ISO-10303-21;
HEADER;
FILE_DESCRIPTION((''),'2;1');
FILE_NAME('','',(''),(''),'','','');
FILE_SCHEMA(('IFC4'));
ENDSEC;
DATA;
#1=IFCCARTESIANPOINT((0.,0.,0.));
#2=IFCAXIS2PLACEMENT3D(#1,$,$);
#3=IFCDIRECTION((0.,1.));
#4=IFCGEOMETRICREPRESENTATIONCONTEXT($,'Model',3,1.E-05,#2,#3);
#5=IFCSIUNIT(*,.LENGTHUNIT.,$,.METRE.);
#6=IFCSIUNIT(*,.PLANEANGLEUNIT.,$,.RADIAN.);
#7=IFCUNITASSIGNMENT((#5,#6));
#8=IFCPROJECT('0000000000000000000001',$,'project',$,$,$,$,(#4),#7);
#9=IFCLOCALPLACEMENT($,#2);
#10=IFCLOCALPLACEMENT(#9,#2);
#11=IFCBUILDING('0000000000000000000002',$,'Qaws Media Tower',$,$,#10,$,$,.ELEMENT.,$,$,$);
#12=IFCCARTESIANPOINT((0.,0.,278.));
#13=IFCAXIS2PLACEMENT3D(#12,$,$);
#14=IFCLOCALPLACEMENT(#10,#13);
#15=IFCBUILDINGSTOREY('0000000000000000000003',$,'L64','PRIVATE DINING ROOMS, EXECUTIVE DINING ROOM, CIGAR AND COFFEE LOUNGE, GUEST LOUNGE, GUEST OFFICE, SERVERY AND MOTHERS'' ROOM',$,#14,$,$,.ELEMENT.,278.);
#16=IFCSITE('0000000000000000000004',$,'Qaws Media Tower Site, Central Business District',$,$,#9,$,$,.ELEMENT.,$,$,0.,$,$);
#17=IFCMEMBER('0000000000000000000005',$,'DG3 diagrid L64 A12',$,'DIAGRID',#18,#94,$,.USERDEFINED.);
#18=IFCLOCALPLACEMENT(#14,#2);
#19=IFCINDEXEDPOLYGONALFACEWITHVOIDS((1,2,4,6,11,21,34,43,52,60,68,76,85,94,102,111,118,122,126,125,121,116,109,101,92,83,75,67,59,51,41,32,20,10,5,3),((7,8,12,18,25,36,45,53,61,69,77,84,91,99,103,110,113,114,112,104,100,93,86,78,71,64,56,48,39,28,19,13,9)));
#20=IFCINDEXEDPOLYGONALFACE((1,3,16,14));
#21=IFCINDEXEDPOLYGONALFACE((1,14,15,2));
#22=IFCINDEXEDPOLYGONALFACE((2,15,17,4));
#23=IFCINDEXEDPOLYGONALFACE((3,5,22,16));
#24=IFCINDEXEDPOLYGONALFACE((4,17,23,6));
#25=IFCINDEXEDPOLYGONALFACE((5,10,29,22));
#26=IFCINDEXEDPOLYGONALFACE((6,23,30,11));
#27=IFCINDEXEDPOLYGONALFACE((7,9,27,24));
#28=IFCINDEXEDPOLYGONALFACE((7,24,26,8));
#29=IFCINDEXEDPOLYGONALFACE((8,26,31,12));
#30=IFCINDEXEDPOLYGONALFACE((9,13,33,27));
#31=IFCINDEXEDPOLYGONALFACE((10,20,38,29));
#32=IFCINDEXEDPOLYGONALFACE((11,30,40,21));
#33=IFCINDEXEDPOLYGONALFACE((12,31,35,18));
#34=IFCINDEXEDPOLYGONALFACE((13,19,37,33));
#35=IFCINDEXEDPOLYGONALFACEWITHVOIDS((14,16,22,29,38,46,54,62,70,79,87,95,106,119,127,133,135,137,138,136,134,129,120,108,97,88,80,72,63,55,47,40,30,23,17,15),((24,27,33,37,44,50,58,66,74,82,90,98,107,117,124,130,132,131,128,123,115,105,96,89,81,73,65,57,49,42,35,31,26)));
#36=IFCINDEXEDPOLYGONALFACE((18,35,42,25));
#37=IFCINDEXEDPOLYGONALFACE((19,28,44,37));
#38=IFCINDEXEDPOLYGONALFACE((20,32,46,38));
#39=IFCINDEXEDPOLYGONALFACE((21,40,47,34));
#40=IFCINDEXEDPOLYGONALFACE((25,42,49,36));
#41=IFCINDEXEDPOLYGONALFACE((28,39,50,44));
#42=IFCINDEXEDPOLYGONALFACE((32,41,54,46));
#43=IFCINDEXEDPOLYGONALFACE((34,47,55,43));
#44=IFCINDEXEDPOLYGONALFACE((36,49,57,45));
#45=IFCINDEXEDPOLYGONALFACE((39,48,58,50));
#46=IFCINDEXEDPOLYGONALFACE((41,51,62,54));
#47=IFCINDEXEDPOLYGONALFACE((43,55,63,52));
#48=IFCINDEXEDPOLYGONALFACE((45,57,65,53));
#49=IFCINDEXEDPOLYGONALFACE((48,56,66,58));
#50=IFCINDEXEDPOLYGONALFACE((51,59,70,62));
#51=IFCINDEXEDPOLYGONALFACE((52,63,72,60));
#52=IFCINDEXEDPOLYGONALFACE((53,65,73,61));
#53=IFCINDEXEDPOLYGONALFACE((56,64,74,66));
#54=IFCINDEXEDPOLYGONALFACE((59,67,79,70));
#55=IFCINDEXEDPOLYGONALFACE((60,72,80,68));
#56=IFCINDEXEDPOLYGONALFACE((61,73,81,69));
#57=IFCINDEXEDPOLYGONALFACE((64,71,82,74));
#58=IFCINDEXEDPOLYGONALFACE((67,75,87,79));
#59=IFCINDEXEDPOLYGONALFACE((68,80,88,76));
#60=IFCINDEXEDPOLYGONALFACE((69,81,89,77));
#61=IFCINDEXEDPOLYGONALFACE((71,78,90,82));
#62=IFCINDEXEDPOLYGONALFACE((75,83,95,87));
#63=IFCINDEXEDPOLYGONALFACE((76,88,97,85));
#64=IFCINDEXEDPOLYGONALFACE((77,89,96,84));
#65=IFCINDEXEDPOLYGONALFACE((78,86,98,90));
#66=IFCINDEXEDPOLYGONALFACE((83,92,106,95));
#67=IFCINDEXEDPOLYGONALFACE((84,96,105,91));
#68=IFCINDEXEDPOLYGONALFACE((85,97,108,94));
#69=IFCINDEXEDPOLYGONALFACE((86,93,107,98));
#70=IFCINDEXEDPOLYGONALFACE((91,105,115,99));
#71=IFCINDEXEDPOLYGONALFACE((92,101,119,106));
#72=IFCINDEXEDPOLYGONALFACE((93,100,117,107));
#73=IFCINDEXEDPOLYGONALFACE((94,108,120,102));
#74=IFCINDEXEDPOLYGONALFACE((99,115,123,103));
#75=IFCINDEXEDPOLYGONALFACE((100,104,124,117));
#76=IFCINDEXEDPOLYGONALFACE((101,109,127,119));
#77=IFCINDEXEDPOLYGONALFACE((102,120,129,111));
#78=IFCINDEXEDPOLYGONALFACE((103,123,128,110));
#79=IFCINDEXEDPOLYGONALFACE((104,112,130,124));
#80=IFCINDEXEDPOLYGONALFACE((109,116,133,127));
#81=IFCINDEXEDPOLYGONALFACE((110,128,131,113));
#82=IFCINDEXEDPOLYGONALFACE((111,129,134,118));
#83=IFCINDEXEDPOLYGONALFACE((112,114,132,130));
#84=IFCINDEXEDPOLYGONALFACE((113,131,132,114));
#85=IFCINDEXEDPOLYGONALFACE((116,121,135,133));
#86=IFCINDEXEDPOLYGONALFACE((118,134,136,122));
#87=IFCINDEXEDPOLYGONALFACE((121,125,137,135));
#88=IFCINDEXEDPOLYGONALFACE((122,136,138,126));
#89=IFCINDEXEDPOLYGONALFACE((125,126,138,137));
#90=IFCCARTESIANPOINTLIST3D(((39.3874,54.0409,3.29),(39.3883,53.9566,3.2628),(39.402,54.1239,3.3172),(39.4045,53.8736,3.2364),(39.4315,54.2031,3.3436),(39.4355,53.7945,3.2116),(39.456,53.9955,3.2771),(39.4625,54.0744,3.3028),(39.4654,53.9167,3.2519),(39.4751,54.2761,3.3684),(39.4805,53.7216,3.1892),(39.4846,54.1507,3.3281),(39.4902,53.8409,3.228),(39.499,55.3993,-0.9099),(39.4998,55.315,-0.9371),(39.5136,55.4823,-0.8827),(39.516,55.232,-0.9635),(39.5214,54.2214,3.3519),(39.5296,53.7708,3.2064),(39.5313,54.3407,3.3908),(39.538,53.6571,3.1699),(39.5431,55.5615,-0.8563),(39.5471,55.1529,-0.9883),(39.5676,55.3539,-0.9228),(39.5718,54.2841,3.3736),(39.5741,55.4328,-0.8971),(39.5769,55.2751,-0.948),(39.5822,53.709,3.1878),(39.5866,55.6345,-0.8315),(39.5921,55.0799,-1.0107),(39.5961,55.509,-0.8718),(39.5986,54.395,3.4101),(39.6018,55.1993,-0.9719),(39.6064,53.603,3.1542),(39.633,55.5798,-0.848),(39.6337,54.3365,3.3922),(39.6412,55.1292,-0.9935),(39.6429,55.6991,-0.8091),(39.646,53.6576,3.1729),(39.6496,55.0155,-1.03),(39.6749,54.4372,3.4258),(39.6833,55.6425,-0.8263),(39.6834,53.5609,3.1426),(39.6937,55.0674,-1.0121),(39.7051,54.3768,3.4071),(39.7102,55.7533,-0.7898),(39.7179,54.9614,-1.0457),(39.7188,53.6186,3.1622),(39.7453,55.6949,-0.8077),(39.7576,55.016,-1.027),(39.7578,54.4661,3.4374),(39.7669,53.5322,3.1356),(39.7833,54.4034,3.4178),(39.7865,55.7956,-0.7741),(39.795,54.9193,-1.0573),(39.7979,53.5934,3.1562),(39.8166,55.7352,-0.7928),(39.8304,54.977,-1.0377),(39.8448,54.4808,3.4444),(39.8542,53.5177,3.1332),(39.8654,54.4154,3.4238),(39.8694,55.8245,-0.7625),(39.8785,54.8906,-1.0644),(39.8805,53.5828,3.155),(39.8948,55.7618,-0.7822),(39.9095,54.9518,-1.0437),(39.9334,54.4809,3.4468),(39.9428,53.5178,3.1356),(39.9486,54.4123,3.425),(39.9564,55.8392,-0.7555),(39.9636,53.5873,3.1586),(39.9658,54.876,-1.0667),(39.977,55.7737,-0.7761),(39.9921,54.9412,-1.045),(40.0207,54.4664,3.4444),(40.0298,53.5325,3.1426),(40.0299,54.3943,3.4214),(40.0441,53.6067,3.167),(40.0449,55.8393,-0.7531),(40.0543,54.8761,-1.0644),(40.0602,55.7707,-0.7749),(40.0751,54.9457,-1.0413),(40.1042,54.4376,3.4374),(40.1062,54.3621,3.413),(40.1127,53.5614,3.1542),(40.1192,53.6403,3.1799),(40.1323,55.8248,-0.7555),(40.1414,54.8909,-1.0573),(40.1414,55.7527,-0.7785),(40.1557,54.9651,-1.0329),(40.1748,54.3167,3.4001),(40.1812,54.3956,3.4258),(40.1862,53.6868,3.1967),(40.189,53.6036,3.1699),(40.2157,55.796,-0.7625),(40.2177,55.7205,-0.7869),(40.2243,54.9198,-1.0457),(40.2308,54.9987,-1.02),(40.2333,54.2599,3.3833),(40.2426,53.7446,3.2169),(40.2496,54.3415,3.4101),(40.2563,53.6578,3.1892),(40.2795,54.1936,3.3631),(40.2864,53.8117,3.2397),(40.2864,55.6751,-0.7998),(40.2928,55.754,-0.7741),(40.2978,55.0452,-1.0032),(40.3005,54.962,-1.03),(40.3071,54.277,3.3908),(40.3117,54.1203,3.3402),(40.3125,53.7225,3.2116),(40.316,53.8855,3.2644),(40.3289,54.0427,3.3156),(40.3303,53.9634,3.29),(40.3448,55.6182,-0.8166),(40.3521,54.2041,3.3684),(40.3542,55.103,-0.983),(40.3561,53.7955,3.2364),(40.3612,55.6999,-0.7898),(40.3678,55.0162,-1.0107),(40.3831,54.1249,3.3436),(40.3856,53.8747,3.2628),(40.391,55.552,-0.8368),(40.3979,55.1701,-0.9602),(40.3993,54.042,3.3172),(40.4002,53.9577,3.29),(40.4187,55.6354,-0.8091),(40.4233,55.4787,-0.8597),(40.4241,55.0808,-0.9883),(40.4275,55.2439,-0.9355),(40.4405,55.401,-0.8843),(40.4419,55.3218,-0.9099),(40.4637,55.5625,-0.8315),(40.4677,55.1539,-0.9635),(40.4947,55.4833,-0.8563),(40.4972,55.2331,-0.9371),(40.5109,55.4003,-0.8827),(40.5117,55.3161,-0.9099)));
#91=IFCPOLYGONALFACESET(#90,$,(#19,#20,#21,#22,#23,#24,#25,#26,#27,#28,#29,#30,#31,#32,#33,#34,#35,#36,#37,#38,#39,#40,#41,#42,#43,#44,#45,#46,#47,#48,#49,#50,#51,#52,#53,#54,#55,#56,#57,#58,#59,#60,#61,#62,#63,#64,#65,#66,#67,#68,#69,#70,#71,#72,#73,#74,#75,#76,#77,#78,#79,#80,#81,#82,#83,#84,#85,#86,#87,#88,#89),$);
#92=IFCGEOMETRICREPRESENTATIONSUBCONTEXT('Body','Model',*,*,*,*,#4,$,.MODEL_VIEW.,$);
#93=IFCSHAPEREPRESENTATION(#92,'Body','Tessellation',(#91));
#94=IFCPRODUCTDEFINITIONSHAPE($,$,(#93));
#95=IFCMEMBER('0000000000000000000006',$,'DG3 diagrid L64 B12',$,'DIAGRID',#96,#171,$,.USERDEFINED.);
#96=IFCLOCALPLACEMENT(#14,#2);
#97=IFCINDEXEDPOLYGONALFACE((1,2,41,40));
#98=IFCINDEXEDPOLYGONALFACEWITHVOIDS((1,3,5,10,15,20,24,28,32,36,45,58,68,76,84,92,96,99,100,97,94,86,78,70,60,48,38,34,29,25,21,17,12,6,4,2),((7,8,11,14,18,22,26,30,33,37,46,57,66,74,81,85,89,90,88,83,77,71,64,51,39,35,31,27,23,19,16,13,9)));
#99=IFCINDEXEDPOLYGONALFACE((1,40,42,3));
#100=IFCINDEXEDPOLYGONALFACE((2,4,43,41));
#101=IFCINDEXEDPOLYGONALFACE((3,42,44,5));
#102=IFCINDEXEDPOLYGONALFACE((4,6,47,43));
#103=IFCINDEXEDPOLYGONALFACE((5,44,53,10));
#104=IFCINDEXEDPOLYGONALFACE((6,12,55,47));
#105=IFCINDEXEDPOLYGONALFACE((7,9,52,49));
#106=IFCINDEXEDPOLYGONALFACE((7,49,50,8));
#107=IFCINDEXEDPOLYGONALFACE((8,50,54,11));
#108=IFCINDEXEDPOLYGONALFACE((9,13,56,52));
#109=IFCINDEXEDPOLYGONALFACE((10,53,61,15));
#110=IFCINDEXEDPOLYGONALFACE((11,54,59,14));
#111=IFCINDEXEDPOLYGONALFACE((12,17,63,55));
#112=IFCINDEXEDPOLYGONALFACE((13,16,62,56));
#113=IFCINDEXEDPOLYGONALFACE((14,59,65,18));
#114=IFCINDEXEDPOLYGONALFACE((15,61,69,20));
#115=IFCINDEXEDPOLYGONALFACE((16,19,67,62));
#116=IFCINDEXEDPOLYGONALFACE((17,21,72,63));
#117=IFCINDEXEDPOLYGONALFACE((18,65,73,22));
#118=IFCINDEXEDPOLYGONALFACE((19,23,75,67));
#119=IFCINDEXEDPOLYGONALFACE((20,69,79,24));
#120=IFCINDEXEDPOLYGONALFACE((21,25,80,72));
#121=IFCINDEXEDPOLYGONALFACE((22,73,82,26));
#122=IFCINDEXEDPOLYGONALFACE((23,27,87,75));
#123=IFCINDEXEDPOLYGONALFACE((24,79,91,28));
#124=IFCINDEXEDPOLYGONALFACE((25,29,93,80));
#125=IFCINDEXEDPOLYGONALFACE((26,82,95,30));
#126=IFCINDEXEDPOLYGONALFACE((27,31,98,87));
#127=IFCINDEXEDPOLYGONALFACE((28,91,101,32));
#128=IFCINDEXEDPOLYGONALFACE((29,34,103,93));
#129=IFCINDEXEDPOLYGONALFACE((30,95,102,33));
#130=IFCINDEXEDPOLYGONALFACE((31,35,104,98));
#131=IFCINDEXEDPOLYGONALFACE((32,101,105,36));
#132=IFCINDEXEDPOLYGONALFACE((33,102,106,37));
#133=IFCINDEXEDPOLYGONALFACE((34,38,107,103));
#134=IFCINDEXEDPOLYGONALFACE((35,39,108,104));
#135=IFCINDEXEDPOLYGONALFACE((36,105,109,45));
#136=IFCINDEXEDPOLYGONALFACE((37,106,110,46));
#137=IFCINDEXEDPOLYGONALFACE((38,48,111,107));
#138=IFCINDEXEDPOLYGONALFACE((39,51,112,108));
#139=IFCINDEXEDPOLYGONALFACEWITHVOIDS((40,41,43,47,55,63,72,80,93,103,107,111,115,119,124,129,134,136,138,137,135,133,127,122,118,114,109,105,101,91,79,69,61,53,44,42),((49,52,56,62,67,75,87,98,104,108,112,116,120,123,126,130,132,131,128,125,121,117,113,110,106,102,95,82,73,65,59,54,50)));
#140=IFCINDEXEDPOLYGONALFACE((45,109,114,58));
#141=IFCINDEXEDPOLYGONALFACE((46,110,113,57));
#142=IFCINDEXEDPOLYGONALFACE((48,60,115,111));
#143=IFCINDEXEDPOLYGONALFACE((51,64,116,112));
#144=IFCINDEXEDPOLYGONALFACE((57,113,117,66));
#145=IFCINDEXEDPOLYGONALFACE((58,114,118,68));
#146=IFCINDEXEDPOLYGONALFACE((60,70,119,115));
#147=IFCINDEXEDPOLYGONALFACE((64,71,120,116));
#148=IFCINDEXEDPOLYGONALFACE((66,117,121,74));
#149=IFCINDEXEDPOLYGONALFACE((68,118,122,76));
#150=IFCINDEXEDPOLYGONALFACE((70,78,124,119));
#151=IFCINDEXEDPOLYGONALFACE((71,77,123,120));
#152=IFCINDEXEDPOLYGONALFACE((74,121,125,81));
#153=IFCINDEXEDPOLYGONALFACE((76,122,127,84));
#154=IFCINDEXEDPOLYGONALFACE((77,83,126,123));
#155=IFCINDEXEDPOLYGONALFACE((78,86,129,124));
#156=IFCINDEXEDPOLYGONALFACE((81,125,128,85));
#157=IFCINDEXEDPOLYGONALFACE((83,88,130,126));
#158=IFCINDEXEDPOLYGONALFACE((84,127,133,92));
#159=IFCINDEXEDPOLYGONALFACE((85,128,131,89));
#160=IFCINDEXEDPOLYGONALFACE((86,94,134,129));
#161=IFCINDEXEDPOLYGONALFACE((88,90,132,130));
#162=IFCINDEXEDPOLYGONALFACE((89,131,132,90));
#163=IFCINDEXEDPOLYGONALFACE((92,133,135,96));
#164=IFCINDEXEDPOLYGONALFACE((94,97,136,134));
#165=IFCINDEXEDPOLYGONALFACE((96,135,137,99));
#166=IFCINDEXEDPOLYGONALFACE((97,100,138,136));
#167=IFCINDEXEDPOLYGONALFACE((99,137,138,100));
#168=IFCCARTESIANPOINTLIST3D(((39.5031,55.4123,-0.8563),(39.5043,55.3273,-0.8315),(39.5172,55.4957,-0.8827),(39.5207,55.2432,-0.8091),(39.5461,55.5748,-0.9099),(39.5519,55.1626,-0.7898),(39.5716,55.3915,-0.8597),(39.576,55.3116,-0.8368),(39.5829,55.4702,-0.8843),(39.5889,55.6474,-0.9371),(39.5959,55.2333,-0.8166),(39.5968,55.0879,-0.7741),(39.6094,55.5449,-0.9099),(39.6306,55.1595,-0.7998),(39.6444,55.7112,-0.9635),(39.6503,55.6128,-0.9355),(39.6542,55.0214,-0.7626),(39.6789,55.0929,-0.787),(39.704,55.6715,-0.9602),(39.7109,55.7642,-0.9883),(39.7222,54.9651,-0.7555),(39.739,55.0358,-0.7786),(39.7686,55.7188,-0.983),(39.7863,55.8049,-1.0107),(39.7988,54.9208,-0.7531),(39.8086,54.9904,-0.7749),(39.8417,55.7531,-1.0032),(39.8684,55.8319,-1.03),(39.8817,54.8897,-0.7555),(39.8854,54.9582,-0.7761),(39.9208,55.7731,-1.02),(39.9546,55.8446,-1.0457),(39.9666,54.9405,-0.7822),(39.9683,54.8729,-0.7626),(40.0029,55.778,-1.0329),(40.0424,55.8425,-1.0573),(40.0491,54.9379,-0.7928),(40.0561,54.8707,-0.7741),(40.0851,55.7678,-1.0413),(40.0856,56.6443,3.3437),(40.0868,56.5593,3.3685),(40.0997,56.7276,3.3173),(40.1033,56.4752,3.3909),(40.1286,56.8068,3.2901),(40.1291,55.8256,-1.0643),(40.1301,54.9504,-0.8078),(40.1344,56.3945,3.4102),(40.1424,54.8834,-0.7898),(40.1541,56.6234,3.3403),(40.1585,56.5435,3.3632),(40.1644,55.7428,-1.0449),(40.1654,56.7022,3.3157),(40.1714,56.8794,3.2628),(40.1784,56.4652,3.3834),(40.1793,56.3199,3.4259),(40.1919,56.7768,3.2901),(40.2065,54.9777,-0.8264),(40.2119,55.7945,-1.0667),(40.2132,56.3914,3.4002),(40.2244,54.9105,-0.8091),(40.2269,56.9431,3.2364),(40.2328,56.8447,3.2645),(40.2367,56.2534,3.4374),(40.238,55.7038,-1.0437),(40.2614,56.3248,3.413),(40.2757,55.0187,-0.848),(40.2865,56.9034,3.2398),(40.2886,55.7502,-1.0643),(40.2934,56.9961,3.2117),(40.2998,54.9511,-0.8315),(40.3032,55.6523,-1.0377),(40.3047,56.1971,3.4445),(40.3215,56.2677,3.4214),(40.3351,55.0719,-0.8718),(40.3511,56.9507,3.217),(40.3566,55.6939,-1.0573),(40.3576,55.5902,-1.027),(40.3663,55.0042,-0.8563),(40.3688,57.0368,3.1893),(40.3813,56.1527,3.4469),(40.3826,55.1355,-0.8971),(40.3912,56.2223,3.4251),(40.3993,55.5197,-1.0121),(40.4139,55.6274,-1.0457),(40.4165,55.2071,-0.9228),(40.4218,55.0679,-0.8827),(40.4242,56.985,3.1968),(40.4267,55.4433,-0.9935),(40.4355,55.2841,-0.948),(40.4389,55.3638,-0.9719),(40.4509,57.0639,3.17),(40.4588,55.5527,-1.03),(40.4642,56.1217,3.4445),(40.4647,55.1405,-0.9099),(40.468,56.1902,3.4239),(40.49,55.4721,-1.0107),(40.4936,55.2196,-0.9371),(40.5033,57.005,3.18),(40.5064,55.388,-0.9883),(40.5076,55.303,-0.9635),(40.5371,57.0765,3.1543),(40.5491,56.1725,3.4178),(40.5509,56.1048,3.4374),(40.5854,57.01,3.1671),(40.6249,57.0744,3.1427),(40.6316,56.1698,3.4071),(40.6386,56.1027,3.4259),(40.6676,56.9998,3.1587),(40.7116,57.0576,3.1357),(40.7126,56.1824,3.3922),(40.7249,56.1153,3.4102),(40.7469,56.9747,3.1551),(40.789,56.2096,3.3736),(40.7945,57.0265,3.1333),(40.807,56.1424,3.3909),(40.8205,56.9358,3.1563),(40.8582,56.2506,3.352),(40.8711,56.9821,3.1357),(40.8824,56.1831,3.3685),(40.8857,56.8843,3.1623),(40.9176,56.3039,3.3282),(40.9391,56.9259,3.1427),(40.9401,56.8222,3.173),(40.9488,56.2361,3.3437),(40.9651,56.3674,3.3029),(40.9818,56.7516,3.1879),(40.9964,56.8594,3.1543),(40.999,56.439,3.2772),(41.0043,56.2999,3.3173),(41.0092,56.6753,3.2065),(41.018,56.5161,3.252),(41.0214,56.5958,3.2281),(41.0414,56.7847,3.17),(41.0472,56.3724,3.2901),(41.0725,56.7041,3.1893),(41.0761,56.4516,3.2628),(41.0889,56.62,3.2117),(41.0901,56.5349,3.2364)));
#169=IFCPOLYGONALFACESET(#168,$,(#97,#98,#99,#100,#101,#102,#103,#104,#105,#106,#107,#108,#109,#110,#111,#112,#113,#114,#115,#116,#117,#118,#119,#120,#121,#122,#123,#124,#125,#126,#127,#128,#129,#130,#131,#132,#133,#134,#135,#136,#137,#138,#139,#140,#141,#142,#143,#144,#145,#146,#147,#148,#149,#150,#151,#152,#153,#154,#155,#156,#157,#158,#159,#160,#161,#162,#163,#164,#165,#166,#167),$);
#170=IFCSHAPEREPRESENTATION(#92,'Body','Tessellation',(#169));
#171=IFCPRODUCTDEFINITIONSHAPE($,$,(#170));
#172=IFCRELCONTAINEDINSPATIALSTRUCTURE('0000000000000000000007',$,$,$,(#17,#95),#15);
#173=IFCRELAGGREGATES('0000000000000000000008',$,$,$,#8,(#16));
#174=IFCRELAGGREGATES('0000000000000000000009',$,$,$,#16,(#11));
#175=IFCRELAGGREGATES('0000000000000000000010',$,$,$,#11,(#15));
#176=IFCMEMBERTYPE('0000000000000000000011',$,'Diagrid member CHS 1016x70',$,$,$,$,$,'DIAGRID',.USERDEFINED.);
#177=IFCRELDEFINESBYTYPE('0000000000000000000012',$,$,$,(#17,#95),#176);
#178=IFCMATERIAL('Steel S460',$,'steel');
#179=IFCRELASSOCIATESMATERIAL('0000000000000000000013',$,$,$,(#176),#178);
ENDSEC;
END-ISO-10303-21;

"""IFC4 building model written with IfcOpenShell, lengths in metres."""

from ifc_helpers import new_model, si_unit, direction, frame, origin, origin_2d, place, context, subcontext, project, spatial, hollow_circle, extrude, material, material_profile, profile_set, type_object, element, save


model = new_model("IFC4")

# Units and contexts
model_context = context("Model", 3, precision=1e-05, world=origin(), true_north=direction((0.0, 1.0)))
body_context = subcontext(model_context, "Body", "Model", "MODEL_VIEW")
ifc_project = project(units=[si_unit("LENGTHUNIT", "METRE"), si_unit("PLANEANGLEUNIT", "RADIAN")], contexts=[model_context])

# Site, building, storey
site_placement = place(None, origin())
site = spatial("IfcSite", under=ifc_project, at=site_placement, Name="Qaws Media Tower Site, Central Business District", CompositionType="ELEMENT", RefElevation=0.0)
building_placement = place(site_placement, origin())
building = spatial("IfcBuilding", under=site, at=building_placement, Name="Qaws Media Tower", CompositionType="ELEMENT")
storey_placement = place(building_placement, frame((0.0, 0.0, 278.0)))
storey = spatial("IfcBuildingStorey", under=building, at=storey_placement, Name="L64", Description="PRIVATE DINING ROOMS, EXECUTIVE DINING ROOM, CIGAR AND COFFEE LOUNGE, GUEST LOUNGE, GUEST OFFICE, SERVERY AND MOTHERS' ROOM", CompositionType="ELEMENT", Elevation=278.0)

# Members
ifc_material_1 = material(Name="Steel S460", Category="steel")
ifc_material_profile_1 = material_profile(ifc_material_1, hollow_circle(Radius=0.5081, WallThickness=0.0701, at=origin_2d()), Name="CHS 1016x70")
ifc_profile_set_1 = profile_set([ifc_material_profile_1], Name="Steel S460")
member_type_1 = type_object("IfcMemberType", Name="Diagrid member CHS 1016x70", ElementType="DIAGRID", PredefinedType="USERDEFINED", material=ifc_profile_set_1)
for number, where, z_axis, x_axis, name in (
    (1, (40.0054, 55.3577, -0.9099), (-0.025268, -0.307638, 0.951168), (0.996644, -0.081859, 0.0), "DG3 diagrid L64 A12"),
    (2, (40.0054, 55.3577, -0.9099), (0.131926, 0.279002, 0.951185), (-0.904029, 0.42747, 0.0), "DG3 diagrid L64 B12"),
):
    element("IfcMember", number, at=place(storey_placement, frame(where, z_axis=z_axis, x_axis=x_axis)), inside=storey, type_object=member_type_1, Name=name, ObjectType="DIAGRID", PredefinedType="USERDEFINED", context=body_context, shape_type="SweptSolid", body=[
        extrude(hollow_circle(Radius=0.5081, WallThickness=0.0701, at=origin_2d()), origin(), (0.0, 0.0, 1.0), 4.4155),
    ])

save(model, "model.ifc")
